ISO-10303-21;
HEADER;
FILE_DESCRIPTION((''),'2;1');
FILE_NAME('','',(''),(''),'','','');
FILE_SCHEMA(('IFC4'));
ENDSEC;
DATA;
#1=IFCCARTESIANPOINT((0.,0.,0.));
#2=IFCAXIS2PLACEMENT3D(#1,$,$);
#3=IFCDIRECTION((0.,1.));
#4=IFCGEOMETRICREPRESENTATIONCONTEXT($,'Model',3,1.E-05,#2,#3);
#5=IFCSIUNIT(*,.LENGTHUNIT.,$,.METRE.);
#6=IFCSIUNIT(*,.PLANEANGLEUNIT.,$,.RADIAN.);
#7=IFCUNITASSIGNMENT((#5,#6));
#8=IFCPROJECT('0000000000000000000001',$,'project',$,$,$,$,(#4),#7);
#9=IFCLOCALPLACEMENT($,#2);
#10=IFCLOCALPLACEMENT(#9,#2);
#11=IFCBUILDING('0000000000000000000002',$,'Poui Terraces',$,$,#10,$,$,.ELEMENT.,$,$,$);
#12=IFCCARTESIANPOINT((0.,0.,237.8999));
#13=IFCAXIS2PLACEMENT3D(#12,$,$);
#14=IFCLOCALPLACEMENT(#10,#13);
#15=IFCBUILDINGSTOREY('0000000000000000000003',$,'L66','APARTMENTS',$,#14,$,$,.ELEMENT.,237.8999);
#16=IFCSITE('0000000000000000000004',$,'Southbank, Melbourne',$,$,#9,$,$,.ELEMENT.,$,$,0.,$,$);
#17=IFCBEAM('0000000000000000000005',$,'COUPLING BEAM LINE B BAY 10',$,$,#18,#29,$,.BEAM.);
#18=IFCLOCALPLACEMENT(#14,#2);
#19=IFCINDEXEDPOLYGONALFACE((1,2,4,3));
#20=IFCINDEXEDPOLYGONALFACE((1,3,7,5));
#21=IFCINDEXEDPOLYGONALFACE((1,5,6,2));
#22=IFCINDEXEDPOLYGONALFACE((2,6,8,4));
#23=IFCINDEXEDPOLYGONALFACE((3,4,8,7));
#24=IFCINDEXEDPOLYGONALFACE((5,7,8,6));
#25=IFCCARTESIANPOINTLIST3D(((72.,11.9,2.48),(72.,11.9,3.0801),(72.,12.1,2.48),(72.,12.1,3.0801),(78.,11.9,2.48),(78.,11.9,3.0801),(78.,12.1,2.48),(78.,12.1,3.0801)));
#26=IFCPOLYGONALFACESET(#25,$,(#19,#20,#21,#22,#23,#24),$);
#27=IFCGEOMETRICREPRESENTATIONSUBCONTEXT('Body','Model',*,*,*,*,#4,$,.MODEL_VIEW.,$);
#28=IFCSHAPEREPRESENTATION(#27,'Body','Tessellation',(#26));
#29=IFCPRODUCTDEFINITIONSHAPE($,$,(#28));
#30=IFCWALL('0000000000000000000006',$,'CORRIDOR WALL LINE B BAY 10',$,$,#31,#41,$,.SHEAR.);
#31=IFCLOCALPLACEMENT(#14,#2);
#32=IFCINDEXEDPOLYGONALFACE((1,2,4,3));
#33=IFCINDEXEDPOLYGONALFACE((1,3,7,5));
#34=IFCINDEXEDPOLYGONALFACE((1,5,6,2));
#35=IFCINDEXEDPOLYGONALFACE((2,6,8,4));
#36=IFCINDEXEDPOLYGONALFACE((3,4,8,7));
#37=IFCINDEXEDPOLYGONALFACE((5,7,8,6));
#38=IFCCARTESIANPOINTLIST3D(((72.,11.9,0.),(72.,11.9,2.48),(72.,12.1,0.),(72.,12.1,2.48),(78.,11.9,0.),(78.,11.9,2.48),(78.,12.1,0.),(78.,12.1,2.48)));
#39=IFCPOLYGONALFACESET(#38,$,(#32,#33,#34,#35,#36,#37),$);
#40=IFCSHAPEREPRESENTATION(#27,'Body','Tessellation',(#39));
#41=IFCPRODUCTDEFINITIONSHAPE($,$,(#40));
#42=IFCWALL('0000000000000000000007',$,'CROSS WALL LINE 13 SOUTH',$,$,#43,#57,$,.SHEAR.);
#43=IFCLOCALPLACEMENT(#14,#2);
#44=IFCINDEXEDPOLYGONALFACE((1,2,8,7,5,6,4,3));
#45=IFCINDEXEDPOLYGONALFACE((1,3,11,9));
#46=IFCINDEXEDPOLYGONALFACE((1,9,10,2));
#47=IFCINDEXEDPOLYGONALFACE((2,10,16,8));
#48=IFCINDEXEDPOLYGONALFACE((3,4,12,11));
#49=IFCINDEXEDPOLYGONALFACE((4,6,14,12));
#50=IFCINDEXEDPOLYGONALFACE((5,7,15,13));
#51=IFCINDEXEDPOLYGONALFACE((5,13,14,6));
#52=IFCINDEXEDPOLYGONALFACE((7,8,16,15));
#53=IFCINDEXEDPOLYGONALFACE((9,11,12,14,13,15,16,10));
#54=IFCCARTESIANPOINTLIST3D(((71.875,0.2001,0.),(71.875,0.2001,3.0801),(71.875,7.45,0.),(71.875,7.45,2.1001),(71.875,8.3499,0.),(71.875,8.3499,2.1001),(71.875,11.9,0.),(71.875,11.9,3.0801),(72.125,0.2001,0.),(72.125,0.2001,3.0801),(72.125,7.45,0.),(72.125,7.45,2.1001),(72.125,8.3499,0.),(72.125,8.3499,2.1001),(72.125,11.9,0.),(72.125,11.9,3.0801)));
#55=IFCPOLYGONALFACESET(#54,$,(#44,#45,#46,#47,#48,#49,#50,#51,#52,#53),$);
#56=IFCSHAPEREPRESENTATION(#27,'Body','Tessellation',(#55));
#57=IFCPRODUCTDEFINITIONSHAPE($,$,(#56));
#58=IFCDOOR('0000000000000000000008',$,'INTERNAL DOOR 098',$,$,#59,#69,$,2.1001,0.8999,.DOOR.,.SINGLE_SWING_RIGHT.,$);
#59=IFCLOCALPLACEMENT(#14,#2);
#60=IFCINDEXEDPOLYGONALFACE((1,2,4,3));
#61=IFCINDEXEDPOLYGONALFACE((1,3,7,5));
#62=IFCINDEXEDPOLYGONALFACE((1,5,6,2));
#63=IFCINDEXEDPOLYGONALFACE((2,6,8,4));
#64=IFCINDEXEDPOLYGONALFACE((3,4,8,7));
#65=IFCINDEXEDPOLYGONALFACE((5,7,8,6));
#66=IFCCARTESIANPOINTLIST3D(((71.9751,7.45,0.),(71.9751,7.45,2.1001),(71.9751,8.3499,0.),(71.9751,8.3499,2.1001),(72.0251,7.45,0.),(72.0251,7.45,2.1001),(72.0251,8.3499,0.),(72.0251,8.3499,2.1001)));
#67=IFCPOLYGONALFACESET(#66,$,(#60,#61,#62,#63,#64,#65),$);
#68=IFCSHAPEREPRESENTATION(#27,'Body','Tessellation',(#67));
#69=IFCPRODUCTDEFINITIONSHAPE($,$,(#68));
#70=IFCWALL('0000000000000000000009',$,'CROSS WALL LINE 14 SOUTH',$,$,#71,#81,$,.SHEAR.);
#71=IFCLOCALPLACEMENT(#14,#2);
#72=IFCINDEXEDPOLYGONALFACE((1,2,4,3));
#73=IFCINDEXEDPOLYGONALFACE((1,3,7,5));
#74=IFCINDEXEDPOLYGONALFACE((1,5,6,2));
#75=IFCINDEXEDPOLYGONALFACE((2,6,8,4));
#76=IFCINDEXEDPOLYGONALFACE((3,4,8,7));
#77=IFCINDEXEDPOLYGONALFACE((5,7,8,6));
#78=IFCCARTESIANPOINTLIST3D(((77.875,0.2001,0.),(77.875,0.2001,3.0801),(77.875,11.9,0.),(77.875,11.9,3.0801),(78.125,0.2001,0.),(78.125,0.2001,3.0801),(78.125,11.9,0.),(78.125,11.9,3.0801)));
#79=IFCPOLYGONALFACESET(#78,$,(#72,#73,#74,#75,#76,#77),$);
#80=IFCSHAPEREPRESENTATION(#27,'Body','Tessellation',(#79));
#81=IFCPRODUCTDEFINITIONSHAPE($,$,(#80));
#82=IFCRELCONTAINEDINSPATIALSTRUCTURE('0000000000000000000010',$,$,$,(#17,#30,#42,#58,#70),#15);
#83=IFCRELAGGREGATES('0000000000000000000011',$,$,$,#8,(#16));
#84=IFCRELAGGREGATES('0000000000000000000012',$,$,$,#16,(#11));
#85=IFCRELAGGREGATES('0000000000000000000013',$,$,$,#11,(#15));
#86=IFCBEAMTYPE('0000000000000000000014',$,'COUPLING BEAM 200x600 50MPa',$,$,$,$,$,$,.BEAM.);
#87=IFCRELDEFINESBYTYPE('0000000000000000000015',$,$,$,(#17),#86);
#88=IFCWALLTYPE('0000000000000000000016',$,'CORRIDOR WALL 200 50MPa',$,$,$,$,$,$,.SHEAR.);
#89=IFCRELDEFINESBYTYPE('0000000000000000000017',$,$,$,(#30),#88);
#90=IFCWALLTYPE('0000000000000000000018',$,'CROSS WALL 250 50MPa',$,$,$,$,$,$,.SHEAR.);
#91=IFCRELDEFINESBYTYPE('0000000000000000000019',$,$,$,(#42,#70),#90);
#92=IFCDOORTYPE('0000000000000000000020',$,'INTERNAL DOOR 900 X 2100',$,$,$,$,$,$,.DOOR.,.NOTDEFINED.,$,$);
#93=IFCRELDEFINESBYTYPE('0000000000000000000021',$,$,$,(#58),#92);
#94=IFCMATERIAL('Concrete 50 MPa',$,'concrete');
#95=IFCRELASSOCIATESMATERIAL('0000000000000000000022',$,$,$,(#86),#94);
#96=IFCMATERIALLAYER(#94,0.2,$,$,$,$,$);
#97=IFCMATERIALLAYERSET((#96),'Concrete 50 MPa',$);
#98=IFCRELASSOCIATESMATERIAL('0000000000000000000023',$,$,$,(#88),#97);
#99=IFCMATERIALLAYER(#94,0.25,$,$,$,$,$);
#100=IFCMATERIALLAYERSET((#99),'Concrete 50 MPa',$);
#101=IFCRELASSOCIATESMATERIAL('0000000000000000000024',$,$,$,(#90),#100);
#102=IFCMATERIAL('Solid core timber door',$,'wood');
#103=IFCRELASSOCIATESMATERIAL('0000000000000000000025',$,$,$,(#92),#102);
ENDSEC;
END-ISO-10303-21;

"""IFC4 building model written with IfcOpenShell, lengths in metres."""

from ifc_helpers import new_model, si_unit, direction, frame, frame_2d, origin, origin_2d, place, context, subcontext, project, spatial, rectangle, extrude, source, transform, mapped, material, layer, layer_set, material_profile, profile_set, type_object, element, fill, save


model = new_model("IFC4")

# Units and contexts
model_context = context("Model", 3, precision=1e-05, world=origin(), true_north=direction((0.0, 1.0)))
body_context = subcontext(model_context, "Body", "Model", "MODEL_VIEW")
ifc_project = project(units=[si_unit("LENGTHUNIT", "METRE"), si_unit("PLANEANGLEUNIT", "RADIAN")], contexts=[model_context])

# Site, building, storey
site_placement = place(None, origin())
site = spatial("IfcSite", under=ifc_project, at=site_placement, Name="Southbank, Melbourne", CompositionType="ELEMENT", RefElevation=0.0)
building_placement = place(site_placement, origin())
building = spatial("IfcBuilding", under=site, at=building_placement, Name="Poui Terraces", CompositionType="ELEMENT")
storey_placement = place(building_placement, frame((0.0, 0.0, 237.8999)))
storey = spatial("IfcBuildingStorey", under=building, at=storey_placement, Name="L66", Description="APARTMENTS", CompositionType="ELEMENT", Elevation=237.8999)

# Beam
ifc_material_1 = material(Name="Concrete 50 MPa", Category="concrete")
ifc_material_profile = material_profile(ifc_material_1, rectangle(XDim=0.2, YDim=0.6001, at=origin_2d()), Name="RC 200x600")
ifc_profile_set = profile_set([ifc_material_profile], Name="Concrete 50 MPa")
beam_type = type_object("IfcBeamType", Name="COUPLING BEAM 200x600 50MPa", PredefinedType="BEAM", material=ifc_profile_set)
shared_shape = source(origin(), body_context, "Body", "SweptSolid", [
    extrude(rectangle(XDim=0.2, YDim=0.6001, at=origin_2d()), origin(), (0.0, 0.0, 1.0), 6.0),
])
beam_placement = place(storey_placement, frame((72.0, 12.0, 2.78), z_axis=(1.0, 0.0, 0.0), x_axis=(0.0, 1.0, 0.0)))
element("IfcBeam", 1, at=beam_placement, inside=storey, type_object=beam_type, Name="COUPLING BEAM LINE B BAY 10", PredefinedType="BEAM", context=body_context, shape_type="MappedRepresentation", body=[
    mapped(shared_shape, transform((0.0, 0.0, 0.0))),
])

# Wall
ifc_layer_1 = layer(ifc_material_1, 0.2)
ifc_layer_set_1 = layer_set([ifc_layer_1], Name="Concrete 50 MPa")
wall_type_1 = type_object("IfcWallType", Name="CORRIDOR WALL 200 50MPa", PredefinedType="SHEAR", material=ifc_layer_set_1)
wall_1_placement = place(storey_placement, frame((72.0, 12.0, 0.0), z_axis=(0.0, 0.0, 1.0), x_axis=(1.0, 0.0, 0.0)))
element("IfcWall", 2, at=wall_1_placement, inside=storey, type_object=wall_type_1, Name="CORRIDOR WALL LINE B BAY 10", PredefinedType="SHEAR", context=body_context, shape_type="SweptSolid", body=[
    extrude(rectangle(XDim=6.0, YDim=0.2, at=frame_2d((3.0, 0.0))), origin(), (0.0, 0.0, 1.0), 2.48),
])

# Wall, opening, door
ifc_layer_2 = layer(ifc_material_1, 0.25)
ifc_layer_set_2 = layer_set([ifc_layer_2], Name="Concrete 50 MPa")
wall_type_2 = type_object("IfcWallType", Name="CROSS WALL 250 50MPa", PredefinedType="SHEAR", material=ifc_layer_set_2)
wall_2_placement = place(storey_placement, frame((72.0, 0.2, 0.0), z_axis=(0.0, 0.0, 1.0), x_axis=(0.0, 1.0, 0.0)))
wall_2 = element("IfcWall", 3, at=wall_2_placement, inside=storey, type_object=wall_type_2, Name="CROSS WALL LINE 13 SOUTH", PredefinedType="SHEAR", context=body_context, shape_type="SweptSolid", body=[
    extrude(rectangle(XDim=11.7, YDim=0.25, at=frame_2d((5.8501, 0.0))), origin(), (0.0, 0.0, 1.0), 3.0801),
])
opening_1_placement = place(wall_2_placement, frame((7.25, 0.0, 0.0)))
opening_1 = element("IfcOpeningElement", 4, at=opening_1_placement, cuts=wall_2, PredefinedType="OPENING", context=body_context, shape_type="SweptSolid", body=[
    extrude(rectangle(XDim=0.8999, YDim=2.1001, at=frame_2d((0.45, 1.05))), frame((0.0, 0.135, 0.0), z_axis=(0.0, -1.0, 0.0), x_axis=(1.0, 0.0, 0.0)), (0.0, 0.0, 1.0), 0.27),
])
ifc_material_2 = material(Name="Solid core timber door", Category="wood")
door_type_1 = type_object("IfcDoorType", Name="INTERNAL DOOR 900 X 2100", OperationType="NOTDEFINED", PredefinedType="DOOR", material=ifc_material_2)
door_1_placement = place(opening_1_placement, origin())
door_1 = element("IfcDoor", 5, at=door_1_placement, inside=storey, type_object=door_type_1, Name="INTERNAL DOOR 098", OperationType="SINGLE_SWING_RIGHT", OverallHeight=2.1001, OverallWidth=0.8999, PredefinedType="DOOR", context=body_context, shape_type="SweptSolid", body=[
    extrude(rectangle(XDim=0.8999, YDim=2.1001, at=frame_2d((0.45, 1.05))), frame((0.0, 0.0249, 0.0), z_axis=(0.0, -1.0, 0.0), x_axis=(1.0, 0.0, 0.0)), (0.0, 0.0, 1.0), 0.05),
])
fill(opening_1, door_1)

# Wall
wall_3_placement = place(storey_placement, frame((78.0, 0.2, 0.0), z_axis=(0.0, 0.0, 1.0), x_axis=(0.0, 1.0, 0.0)))
element("IfcWall", 6, at=wall_3_placement, inside=storey, type_object=wall_type_2, Name="CROSS WALL LINE 14 SOUTH", PredefinedType="SHEAR", context=body_context, shape_type="SweptSolid", body=[
    extrude(rectangle(XDim=11.7, YDim=0.25, at=frame_2d((5.8501, 0.0))), origin(), (0.0, 0.0, 1.0), 3.0801),
])

save(model, "model.ifc")
